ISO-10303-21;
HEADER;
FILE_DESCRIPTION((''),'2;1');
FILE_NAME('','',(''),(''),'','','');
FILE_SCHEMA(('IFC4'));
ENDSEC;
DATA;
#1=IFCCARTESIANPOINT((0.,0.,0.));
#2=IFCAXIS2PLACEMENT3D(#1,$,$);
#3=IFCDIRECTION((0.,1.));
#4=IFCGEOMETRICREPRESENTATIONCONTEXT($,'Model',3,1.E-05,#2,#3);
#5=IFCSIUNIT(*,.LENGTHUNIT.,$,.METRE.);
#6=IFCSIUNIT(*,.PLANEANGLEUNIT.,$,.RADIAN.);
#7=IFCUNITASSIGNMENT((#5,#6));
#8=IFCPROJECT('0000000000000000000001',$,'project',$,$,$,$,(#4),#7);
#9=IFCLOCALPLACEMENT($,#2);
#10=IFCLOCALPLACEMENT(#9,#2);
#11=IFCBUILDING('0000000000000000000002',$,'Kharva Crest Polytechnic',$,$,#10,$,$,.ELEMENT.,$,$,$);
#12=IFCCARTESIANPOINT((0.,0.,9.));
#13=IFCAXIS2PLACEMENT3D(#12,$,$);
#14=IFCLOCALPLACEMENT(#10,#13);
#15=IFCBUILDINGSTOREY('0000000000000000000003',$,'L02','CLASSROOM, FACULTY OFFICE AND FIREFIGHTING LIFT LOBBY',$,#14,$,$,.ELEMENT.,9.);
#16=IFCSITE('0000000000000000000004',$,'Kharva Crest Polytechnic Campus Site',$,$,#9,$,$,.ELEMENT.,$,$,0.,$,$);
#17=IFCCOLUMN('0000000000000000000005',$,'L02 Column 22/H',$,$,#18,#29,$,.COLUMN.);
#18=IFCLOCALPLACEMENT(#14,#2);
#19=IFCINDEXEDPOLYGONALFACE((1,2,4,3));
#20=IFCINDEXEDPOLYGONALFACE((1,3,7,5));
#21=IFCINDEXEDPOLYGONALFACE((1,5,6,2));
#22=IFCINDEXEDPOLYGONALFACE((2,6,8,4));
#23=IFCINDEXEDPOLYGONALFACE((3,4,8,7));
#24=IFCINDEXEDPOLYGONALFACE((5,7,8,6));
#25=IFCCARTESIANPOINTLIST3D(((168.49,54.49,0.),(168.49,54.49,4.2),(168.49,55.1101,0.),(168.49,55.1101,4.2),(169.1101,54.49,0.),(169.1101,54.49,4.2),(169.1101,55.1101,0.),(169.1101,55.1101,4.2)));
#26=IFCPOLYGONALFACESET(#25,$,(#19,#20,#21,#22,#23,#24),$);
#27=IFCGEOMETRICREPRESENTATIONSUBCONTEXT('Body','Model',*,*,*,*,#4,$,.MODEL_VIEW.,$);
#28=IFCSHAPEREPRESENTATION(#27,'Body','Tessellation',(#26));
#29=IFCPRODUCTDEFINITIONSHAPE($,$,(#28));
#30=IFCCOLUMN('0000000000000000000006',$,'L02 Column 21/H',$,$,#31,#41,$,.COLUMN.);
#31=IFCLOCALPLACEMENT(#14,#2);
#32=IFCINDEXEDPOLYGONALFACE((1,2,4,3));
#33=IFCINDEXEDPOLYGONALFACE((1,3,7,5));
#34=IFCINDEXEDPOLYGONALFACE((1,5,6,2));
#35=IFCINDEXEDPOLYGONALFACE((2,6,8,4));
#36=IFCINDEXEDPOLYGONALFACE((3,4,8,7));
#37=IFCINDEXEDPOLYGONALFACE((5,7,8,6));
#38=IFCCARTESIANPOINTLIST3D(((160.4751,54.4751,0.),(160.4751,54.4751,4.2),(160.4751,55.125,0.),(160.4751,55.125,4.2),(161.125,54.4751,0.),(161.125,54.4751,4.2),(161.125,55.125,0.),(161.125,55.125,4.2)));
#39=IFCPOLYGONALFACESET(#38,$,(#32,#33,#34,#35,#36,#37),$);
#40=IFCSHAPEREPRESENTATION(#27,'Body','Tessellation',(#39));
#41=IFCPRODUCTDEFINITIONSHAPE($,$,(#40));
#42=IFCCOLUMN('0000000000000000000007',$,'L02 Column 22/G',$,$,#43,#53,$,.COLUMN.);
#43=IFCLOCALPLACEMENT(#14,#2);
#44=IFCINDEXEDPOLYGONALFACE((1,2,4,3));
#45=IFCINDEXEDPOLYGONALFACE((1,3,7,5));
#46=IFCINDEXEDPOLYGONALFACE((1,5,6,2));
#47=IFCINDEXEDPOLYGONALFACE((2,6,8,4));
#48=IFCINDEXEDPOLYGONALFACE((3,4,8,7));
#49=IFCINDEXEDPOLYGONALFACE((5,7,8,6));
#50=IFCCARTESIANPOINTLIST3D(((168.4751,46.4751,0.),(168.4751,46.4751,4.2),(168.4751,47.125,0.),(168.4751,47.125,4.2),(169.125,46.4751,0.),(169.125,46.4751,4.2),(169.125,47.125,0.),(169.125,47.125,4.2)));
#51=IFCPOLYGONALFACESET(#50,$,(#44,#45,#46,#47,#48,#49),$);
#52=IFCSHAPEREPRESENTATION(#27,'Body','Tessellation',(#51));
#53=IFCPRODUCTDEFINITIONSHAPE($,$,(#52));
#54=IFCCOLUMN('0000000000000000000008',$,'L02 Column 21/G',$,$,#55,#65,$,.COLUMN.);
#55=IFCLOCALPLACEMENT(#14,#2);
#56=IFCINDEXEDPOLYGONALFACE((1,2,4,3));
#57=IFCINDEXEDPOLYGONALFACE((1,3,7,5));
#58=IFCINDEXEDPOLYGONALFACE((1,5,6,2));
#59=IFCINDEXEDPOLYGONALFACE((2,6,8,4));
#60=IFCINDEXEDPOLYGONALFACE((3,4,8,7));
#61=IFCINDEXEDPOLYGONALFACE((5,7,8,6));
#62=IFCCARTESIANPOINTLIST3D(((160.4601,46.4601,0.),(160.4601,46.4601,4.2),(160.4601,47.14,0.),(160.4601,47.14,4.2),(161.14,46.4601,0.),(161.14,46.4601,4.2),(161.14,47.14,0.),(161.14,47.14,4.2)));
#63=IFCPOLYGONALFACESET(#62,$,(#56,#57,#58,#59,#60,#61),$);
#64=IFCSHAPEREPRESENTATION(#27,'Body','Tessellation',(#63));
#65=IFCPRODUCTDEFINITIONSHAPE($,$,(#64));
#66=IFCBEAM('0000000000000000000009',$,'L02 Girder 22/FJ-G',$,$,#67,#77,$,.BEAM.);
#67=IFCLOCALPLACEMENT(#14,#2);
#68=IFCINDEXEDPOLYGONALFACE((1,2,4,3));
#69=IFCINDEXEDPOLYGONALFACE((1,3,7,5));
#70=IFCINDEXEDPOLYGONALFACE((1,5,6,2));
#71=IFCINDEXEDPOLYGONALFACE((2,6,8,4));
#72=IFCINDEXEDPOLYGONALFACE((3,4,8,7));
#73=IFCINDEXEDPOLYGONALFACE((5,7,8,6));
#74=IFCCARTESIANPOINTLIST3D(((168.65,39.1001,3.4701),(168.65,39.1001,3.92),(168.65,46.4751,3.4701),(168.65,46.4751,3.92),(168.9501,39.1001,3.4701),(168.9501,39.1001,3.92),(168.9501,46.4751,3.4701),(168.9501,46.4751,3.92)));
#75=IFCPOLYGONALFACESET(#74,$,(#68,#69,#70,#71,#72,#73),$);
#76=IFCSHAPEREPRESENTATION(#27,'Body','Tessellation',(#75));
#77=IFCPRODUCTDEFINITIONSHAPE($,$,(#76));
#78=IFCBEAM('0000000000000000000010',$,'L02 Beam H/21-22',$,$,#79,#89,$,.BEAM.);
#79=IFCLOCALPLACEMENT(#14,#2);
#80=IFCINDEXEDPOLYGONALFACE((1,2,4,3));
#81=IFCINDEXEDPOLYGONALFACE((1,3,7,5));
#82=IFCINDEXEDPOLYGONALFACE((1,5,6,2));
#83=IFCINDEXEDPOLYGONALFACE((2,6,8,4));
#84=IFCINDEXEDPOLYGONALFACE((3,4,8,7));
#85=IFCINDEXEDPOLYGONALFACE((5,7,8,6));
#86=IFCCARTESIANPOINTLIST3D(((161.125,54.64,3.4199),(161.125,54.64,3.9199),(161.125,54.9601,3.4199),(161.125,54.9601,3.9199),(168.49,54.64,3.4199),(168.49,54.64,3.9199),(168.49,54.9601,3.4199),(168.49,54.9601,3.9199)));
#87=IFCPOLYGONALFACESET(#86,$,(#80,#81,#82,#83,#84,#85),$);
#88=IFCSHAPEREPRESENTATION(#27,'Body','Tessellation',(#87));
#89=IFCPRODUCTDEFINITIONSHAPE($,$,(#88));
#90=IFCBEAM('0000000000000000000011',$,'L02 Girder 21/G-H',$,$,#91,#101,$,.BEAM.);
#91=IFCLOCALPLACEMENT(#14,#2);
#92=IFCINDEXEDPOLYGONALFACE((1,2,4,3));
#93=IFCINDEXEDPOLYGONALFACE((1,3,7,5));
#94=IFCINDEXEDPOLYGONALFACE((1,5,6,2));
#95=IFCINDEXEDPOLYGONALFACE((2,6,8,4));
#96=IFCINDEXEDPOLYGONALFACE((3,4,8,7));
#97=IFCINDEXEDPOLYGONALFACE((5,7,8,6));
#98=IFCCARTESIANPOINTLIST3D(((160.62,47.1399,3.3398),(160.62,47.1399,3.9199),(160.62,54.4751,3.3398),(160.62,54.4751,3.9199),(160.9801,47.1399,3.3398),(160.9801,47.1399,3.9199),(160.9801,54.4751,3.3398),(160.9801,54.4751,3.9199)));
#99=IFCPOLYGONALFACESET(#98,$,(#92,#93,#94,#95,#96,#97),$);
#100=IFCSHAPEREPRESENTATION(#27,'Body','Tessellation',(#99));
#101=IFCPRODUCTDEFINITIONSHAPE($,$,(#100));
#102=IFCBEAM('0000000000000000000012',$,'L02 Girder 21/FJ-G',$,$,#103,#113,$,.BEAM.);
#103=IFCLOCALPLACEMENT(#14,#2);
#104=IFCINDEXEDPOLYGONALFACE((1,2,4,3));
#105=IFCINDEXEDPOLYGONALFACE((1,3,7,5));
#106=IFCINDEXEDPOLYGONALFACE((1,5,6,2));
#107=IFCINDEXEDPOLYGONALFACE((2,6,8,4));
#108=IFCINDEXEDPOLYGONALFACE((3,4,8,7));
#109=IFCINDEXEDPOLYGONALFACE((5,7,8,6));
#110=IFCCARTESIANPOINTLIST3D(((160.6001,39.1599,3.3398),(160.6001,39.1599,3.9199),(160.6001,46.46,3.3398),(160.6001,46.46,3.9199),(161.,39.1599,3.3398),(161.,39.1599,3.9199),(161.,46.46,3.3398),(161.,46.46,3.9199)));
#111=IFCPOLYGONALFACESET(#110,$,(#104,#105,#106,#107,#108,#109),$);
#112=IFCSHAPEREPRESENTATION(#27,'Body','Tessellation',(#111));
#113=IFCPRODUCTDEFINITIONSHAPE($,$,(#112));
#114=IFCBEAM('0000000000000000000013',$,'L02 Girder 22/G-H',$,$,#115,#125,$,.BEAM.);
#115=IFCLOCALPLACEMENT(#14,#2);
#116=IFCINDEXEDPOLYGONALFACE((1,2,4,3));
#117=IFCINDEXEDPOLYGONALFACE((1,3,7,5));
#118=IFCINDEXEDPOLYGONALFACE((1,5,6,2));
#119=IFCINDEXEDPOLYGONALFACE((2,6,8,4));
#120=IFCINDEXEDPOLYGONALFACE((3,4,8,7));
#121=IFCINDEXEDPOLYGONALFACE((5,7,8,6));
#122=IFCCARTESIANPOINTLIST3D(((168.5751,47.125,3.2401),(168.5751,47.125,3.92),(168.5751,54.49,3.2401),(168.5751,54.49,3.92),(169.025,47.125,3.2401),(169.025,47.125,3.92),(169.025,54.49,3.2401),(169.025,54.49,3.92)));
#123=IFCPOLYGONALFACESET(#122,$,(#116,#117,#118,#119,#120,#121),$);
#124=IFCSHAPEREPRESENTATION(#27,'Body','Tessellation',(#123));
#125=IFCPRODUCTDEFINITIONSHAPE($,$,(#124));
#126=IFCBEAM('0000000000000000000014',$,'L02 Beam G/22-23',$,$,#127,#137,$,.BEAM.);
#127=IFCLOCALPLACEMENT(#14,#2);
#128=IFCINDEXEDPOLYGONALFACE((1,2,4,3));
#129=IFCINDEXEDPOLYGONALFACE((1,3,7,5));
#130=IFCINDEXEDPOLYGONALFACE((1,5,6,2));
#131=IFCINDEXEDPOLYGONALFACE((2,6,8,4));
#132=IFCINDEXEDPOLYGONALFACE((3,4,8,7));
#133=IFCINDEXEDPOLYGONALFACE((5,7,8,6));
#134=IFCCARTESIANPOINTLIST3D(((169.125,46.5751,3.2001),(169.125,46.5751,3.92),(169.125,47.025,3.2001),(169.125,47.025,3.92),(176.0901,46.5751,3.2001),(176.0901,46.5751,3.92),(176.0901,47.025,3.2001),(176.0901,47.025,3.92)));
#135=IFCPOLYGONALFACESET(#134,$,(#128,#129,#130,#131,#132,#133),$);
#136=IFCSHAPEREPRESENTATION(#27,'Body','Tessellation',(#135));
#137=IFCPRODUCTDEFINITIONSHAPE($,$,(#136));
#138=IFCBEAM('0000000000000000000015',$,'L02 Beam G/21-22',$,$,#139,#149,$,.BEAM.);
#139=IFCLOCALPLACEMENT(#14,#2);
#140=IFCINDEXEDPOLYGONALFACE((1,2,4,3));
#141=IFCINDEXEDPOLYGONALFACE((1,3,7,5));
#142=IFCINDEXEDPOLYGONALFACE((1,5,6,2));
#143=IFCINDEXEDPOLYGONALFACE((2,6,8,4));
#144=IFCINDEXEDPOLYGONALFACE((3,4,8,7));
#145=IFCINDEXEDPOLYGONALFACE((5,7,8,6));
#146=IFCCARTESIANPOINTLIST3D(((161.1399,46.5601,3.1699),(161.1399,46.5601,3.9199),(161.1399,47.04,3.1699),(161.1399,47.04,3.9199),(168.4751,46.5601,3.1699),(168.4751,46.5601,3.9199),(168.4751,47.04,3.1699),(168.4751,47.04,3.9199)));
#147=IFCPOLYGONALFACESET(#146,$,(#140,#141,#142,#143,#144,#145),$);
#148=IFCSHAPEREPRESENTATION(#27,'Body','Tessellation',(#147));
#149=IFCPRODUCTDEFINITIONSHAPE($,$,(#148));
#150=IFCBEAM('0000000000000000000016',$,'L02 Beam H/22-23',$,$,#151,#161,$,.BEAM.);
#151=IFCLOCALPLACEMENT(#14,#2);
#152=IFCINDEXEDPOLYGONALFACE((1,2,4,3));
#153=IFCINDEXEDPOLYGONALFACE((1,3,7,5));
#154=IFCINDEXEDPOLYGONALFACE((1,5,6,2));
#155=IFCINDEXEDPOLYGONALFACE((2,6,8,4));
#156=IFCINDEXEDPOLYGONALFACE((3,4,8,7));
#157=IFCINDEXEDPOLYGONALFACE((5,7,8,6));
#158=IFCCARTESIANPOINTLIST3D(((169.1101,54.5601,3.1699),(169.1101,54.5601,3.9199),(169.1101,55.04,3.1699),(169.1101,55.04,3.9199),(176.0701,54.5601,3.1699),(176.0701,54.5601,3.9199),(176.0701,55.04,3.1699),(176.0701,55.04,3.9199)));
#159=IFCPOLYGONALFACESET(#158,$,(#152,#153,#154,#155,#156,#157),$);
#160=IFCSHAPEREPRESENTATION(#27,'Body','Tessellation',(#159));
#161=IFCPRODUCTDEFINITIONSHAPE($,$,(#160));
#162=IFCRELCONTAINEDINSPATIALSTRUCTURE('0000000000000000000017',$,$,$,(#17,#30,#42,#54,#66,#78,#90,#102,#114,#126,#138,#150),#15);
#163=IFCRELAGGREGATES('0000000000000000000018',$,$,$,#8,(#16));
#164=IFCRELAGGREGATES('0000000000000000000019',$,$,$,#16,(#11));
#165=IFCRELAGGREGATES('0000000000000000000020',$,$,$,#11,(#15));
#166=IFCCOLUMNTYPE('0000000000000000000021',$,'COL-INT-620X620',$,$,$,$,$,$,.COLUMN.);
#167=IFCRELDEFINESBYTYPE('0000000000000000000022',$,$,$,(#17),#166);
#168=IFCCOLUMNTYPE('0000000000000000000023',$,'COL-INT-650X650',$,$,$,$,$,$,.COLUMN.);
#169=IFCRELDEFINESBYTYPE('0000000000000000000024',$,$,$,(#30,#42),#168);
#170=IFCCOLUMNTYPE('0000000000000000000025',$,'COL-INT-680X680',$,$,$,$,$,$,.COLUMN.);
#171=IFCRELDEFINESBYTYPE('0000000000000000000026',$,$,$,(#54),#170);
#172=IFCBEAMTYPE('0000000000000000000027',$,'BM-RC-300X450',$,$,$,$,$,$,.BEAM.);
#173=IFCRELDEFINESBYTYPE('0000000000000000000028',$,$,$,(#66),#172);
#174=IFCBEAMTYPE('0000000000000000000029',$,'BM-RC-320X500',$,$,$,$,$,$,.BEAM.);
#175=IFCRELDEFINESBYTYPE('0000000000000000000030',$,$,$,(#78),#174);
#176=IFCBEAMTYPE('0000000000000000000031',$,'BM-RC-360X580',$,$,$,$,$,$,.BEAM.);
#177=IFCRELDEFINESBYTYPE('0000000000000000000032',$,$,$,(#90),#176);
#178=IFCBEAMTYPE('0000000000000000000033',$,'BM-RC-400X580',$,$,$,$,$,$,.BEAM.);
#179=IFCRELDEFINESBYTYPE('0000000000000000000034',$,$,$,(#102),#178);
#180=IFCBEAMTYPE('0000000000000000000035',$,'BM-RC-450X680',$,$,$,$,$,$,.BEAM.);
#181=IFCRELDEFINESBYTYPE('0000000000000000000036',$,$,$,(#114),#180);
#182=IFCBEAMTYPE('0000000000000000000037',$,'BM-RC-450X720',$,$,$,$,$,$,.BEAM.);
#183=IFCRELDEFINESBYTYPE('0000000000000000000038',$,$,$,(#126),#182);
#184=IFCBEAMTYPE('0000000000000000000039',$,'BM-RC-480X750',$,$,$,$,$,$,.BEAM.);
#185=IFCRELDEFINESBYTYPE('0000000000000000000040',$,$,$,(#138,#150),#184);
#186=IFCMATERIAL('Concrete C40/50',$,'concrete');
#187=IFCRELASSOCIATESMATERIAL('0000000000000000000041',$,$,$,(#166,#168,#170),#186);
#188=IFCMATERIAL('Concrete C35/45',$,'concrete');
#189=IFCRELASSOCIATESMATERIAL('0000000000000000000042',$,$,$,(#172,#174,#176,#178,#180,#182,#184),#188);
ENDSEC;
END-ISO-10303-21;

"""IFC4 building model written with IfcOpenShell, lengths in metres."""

from ifc_helpers import new_model, si_unit, direction, frame, origin, origin_2d, place, context, subcontext, project, spatial, rectangle, extrude, material, material_profile, profile_set, type_object, element, save


model = new_model("IFC4")

# Units and contexts
model_context = context("Model", 3, precision=1e-05, world=origin(), true_north=direction((0.0, 1.0)))
body_context = subcontext(model_context, "Body", "Model", "MODEL_VIEW")
ifc_project = project(units=[si_unit("LENGTHUNIT", "METRE"), si_unit("PLANEANGLEUNIT", "RADIAN")], contexts=[model_context])

# Site, building, storey
site_placement = place(None, origin())
site = spatial("IfcSite", under=ifc_project, at=site_placement, Name="Kharva Crest Polytechnic Campus Site", CompositionType="ELEMENT", RefElevation=0.0)
building_placement = place(site_placement, origin())
building = spatial("IfcBuilding", under=site, at=building_placement, Name="Kharva Crest Polytechnic", CompositionType="ELEMENT")
storey_placement = place(building_placement, frame((0.0, 0.0, 9.0)))
storey = spatial("IfcBuildingStorey", under=building, at=storey_placement, Name="L02", Description="CLASSROOM, FACULTY OFFICE AND FIREFIGHTING LIFT LOBBY", CompositionType="ELEMENT", Elevation=9.0)

# Columns
ifc_material_1 = material(Name="Concrete C40/50", Category="concrete")
ifc_material_profile_1 = material_profile(ifc_material_1, rectangle(XDim=0.6201, YDim=0.6201, at=origin_2d()), Name="RECT 620 X 620")
ifc_profile_set_1 = profile_set([ifc_material_profile_1], Name="Concrete C40/50")
column_type_1 = type_object("IfcColumnType", Name="COL-INT-620X620", PredefinedType="COLUMN", material=ifc_profile_set_1)
column_1_placement = place(storey_placement, frame((168.8, 54.8, 0.0), z_axis=(0.0, 0.0, 1.0), x_axis=(1.0, 0.0, 0.0)))
element("IfcColumn", 1, at=column_1_placement, inside=storey, type_object=column_type_1, Name="L02 Column 22/H", PredefinedType="COLUMN", context=body_context, shape_type="SweptSolid", body=[
    extrude(rectangle(XDim=0.6201, YDim=0.6201, at=origin_2d()), origin(), (0.0, 0.0, 1.0), 4.2),
])
ifc_material_profile_2 = material_profile(ifc_material_1, rectangle(XDim=0.6499, YDim=0.6499, at=origin_2d()), Name="RECT 650 X 650")
ifc_profile_set_2 = profile_set([ifc_material_profile_2], Name="Concrete C40/50")
column_type_2 = type_object("IfcColumnType", Name="COL-INT-650X650", PredefinedType="COLUMN", material=ifc_profile_set_2)
for number, where, z_axis, x_axis, name in (
    (2, (160.8, 54.8, 0.0), (0.0, 0.0, 1.0), (1.0, 0.0, 0.0), "L02 Column 21/H"),
    (3, (168.8, 46.8, 0.0), (0.0, 0.0, 1.0), (1.0, 0.0, 0.0), "L02 Column 22/G"),
):
    element("IfcColumn", number, at=place(storey_placement, frame(where, z_axis=z_axis, x_axis=x_axis)), inside=storey, type_object=column_type_2, Name=name, PredefinedType="COLUMN", context=body_context, shape_type="SweptSolid", body=[
        extrude(rectangle(XDim=0.6499, YDim=0.6499, at=origin_2d()), origin(), (0.0, 0.0, 1.0), 4.2),
    ])
ifc_material_profile_3 = material_profile(ifc_material_1, rectangle(XDim=0.6799, YDim=0.6799, at=origin_2d()), Name="RECT 680 X 680")
ifc_profile_set_3 = profile_set([ifc_material_profile_3], Name="Concrete C40/50")
column_type_3 = type_object("IfcColumnType", Name="COL-INT-680X680", PredefinedType="COLUMN", material=ifc_profile_set_3)
column_2_placement = place(storey_placement, frame((160.8, 46.8, 0.0), z_axis=(0.0, 0.0, 1.0), x_axis=(1.0, 0.0, 0.0)))
element("IfcColumn", 4, at=column_2_placement, inside=storey, type_object=column_type_3, Name="L02 Column 21/G", PredefinedType="COLUMN", context=body_context, shape_type="SweptSolid", body=[
    extrude(rectangle(XDim=0.6799, YDim=0.6799, at=origin_2d()), origin(), (0.0, 0.0, 1.0), 4.2),
])

# Beams
ifc_material_2 = material(Name="Concrete C35/45", Category="concrete")
ifc_material_profile_4 = material_profile(ifc_material_2, rectangle(XDim=0.3, YDim=0.45, at=origin_2d()), Name="RECT 300 X 450")
ifc_profile_set_4 = profile_set([ifc_material_profile_4], Name="Concrete C35/45")
beam_type_1 = type_object("IfcBeamType", Name="BM-RC-300X450", PredefinedType="BEAM", material=ifc_profile_set_4)
beam_1_placement = place(storey_placement, frame((168.8, 39.1001, 3.6951), z_axis=(0.0, 1.0, 0.0), x_axis=(-1.0, 0.0, 0.0)))
element("IfcBeam", 5, at=beam_1_placement, inside=storey, type_object=beam_type_1, Name="L02 Girder 22/FJ-G", PredefinedType="BEAM", context=body_context, shape_type="SweptSolid", body=[
    extrude(rectangle(XDim=0.3, YDim=0.45, at=origin_2d()), origin(), (0.0, 0.0, 1.0), 7.375),
])
ifc_material_profile_5 = material_profile(ifc_material_2, rectangle(XDim=0.3201, YDim=0.5, at=origin_2d()), Name="RECT 320 X 500")
ifc_profile_set_5 = profile_set([ifc_material_profile_5], Name="Concrete C35/45")
beam_type_2 = type_object("IfcBeamType", Name="BM-RC-320X500", PredefinedType="BEAM", material=ifc_profile_set_5)
beam_2_placement = place(storey_placement, frame((161.125, 54.8, 3.6699), z_axis=(1.0, 0.0, 0.0), x_axis=(0.0, 1.0, 0.0)))
element("IfcBeam", 6, at=beam_2_placement, inside=storey, type_object=beam_type_2, Name="L02 Beam H/21-22", PredefinedType="BEAM", context=body_context, shape_type="SweptSolid", body=[
    extrude(rectangle(XDim=0.3201, YDim=0.5, at=origin_2d()), origin(), (0.0, 0.0, 1.0), 7.365),
])
ifc_material_profile_6 = material_profile(ifc_material_2, rectangle(XDim=0.3601, YDim=0.5801, at=origin_2d()), Name="RECT 360 X 580")
ifc_profile_set_6 = profile_set([ifc_material_profile_6], Name="Concrete C35/45")
beam_type_3 = type_object("IfcBeamType", Name="BM-RC-360X580", PredefinedType="BEAM", material=ifc_profile_set_6)
beam_3_placement = place(storey_placement, frame((160.8, 47.1399, 3.6299), z_axis=(0.0, 1.0, 0.0), x_axis=(-1.0, 0.0, 0.0)))
element("IfcBeam", 7, at=beam_3_placement, inside=storey, type_object=beam_type_3, Name="L02 Girder 21/G-H", PredefinedType="BEAM", context=body_context, shape_type="SweptSolid", body=[
    extrude(rectangle(XDim=0.3601, YDim=0.5801, at=origin_2d()), origin(), (0.0, 0.0, 1.0), 7.3352),
])
ifc_material_profile_7 = material_profile(ifc_material_2, rectangle(XDim=0.3999, YDim=0.5801, at=origin_2d()), Name="RECT 400 X 580")
ifc_profile_set_7 = profile_set([ifc_material_profile_7], Name="Concrete C35/45")
beam_type_4 = type_object("IfcBeamType", Name="BM-RC-400X580", PredefinedType="BEAM", material=ifc_profile_set_7)
beam_4_placement = place(storey_placement, frame((160.8, 39.1599, 3.6299), z_axis=(0.0, 1.0, 0.0), x_axis=(-1.0, 0.0, 0.0)))
element("IfcBeam", 8, at=beam_4_placement, inside=storey, type_object=beam_type_4, Name="L02 Girder 21/FJ-G", PredefinedType="BEAM", context=body_context, shape_type="SweptSolid", body=[
    extrude(rectangle(XDim=0.3999, YDim=0.5801, at=origin_2d()), origin(), (0.0, 0.0, 1.0), 7.3),
])
ifc_material_profile_8 = material_profile(ifc_material_2, rectangle(XDim=0.45, YDim=0.6799, at=origin_2d()), Name="RECT 450 X 680")
ifc_profile_set_8 = profile_set([ifc_material_profile_8], Name="Concrete C35/45")
beam_type_5 = type_object("IfcBeamType", Name="BM-RC-450X680", PredefinedType="BEAM", material=ifc_profile_set_8)
beam_5_placement = place(storey_placement, frame((168.8, 47.125, 3.5801), z_axis=(0.0, 1.0, 0.0), x_axis=(-1.0, 0.0, 0.0)))
element("IfcBeam", 9, at=beam_5_placement, inside=storey, type_object=beam_type_5, Name="L02 Girder 22/G-H", PredefinedType="BEAM", context=body_context, shape_type="SweptSolid", body=[
    extrude(rectangle(XDim=0.45, YDim=0.6799, at=origin_2d()), origin(), (0.0, 0.0, 1.0), 7.365),
])
ifc_material_profile_9 = material_profile(ifc_material_2, rectangle(XDim=0.45, YDim=0.72, at=origin_2d()), Name="RECT 450 X 720")
ifc_profile_set_9 = profile_set([ifc_material_profile_9], Name="Concrete C35/45")
beam_type_6 = type_object("IfcBeamType", Name="BM-RC-450X720", PredefinedType="BEAM", material=ifc_profile_set_9)
beam_6_placement = place(storey_placement, frame((169.125, 46.8, 3.5601), z_axis=(1.0, 0.0, 0.0), x_axis=(0.0, 1.0, 0.0)))
element("IfcBeam", 10, at=beam_6_placement, inside=storey, type_object=beam_type_6, Name="L02 Beam G/22-23", PredefinedType="BEAM", context=body_context, shape_type="SweptSolid", body=[
    extrude(rectangle(XDim=0.45, YDim=0.72, at=origin_2d()), origin(), (0.0, 0.0, 1.0), 6.9651),
])
ifc_material_profile_10 = material_profile(ifc_material_2, rectangle(XDim=0.48, YDim=0.75, at=origin_2d()), Name="RECT 480 X 750")
ifc_profile_set_10 = profile_set([ifc_material_profile_10], Name="Concrete C35/45")
beam_type_7 = type_object("IfcBeamType", Name="BM-RC-480X750", PredefinedType="BEAM", material=ifc_profile_set_10)
beam_7_placement = place(storey_placement, frame((161.1399, 46.8, 3.5449), z_axis=(1.0, 0.0, 0.0), x_axis=(0.0, 1.0, 0.0)))
element("IfcBeam", 11, at=beam_7_placement, inside=storey, type_object=beam_type_7, Name="L02 Beam G/21-22", PredefinedType="BEAM", context=body_context, shape_type="SweptSolid", body=[
    extrude(rectangle(XDim=0.48, YDim=0.75, at=origin_2d()), origin(), (0.0, 0.0, 1.0), 7.3352),
])
beam_8_placement = place(storey_placement, frame((169.1101, 54.8, 3.5449), z_axis=(1.0, 0.0, 0.0), x_axis=(0.0, 1.0, 0.0)))
element("IfcBeam", 12, at=beam_8_placement, inside=storey, type_object=beam_type_7, Name="L02 Beam H/22-23", PredefinedType="BEAM", context=body_context, shape_type="SweptSolid", body=[
    extrude(rectangle(XDim=0.48, YDim=0.75, at=origin_2d()), origin(), (0.0, 0.0, 1.0), 6.96),
])

save(model, "model.ifc")
